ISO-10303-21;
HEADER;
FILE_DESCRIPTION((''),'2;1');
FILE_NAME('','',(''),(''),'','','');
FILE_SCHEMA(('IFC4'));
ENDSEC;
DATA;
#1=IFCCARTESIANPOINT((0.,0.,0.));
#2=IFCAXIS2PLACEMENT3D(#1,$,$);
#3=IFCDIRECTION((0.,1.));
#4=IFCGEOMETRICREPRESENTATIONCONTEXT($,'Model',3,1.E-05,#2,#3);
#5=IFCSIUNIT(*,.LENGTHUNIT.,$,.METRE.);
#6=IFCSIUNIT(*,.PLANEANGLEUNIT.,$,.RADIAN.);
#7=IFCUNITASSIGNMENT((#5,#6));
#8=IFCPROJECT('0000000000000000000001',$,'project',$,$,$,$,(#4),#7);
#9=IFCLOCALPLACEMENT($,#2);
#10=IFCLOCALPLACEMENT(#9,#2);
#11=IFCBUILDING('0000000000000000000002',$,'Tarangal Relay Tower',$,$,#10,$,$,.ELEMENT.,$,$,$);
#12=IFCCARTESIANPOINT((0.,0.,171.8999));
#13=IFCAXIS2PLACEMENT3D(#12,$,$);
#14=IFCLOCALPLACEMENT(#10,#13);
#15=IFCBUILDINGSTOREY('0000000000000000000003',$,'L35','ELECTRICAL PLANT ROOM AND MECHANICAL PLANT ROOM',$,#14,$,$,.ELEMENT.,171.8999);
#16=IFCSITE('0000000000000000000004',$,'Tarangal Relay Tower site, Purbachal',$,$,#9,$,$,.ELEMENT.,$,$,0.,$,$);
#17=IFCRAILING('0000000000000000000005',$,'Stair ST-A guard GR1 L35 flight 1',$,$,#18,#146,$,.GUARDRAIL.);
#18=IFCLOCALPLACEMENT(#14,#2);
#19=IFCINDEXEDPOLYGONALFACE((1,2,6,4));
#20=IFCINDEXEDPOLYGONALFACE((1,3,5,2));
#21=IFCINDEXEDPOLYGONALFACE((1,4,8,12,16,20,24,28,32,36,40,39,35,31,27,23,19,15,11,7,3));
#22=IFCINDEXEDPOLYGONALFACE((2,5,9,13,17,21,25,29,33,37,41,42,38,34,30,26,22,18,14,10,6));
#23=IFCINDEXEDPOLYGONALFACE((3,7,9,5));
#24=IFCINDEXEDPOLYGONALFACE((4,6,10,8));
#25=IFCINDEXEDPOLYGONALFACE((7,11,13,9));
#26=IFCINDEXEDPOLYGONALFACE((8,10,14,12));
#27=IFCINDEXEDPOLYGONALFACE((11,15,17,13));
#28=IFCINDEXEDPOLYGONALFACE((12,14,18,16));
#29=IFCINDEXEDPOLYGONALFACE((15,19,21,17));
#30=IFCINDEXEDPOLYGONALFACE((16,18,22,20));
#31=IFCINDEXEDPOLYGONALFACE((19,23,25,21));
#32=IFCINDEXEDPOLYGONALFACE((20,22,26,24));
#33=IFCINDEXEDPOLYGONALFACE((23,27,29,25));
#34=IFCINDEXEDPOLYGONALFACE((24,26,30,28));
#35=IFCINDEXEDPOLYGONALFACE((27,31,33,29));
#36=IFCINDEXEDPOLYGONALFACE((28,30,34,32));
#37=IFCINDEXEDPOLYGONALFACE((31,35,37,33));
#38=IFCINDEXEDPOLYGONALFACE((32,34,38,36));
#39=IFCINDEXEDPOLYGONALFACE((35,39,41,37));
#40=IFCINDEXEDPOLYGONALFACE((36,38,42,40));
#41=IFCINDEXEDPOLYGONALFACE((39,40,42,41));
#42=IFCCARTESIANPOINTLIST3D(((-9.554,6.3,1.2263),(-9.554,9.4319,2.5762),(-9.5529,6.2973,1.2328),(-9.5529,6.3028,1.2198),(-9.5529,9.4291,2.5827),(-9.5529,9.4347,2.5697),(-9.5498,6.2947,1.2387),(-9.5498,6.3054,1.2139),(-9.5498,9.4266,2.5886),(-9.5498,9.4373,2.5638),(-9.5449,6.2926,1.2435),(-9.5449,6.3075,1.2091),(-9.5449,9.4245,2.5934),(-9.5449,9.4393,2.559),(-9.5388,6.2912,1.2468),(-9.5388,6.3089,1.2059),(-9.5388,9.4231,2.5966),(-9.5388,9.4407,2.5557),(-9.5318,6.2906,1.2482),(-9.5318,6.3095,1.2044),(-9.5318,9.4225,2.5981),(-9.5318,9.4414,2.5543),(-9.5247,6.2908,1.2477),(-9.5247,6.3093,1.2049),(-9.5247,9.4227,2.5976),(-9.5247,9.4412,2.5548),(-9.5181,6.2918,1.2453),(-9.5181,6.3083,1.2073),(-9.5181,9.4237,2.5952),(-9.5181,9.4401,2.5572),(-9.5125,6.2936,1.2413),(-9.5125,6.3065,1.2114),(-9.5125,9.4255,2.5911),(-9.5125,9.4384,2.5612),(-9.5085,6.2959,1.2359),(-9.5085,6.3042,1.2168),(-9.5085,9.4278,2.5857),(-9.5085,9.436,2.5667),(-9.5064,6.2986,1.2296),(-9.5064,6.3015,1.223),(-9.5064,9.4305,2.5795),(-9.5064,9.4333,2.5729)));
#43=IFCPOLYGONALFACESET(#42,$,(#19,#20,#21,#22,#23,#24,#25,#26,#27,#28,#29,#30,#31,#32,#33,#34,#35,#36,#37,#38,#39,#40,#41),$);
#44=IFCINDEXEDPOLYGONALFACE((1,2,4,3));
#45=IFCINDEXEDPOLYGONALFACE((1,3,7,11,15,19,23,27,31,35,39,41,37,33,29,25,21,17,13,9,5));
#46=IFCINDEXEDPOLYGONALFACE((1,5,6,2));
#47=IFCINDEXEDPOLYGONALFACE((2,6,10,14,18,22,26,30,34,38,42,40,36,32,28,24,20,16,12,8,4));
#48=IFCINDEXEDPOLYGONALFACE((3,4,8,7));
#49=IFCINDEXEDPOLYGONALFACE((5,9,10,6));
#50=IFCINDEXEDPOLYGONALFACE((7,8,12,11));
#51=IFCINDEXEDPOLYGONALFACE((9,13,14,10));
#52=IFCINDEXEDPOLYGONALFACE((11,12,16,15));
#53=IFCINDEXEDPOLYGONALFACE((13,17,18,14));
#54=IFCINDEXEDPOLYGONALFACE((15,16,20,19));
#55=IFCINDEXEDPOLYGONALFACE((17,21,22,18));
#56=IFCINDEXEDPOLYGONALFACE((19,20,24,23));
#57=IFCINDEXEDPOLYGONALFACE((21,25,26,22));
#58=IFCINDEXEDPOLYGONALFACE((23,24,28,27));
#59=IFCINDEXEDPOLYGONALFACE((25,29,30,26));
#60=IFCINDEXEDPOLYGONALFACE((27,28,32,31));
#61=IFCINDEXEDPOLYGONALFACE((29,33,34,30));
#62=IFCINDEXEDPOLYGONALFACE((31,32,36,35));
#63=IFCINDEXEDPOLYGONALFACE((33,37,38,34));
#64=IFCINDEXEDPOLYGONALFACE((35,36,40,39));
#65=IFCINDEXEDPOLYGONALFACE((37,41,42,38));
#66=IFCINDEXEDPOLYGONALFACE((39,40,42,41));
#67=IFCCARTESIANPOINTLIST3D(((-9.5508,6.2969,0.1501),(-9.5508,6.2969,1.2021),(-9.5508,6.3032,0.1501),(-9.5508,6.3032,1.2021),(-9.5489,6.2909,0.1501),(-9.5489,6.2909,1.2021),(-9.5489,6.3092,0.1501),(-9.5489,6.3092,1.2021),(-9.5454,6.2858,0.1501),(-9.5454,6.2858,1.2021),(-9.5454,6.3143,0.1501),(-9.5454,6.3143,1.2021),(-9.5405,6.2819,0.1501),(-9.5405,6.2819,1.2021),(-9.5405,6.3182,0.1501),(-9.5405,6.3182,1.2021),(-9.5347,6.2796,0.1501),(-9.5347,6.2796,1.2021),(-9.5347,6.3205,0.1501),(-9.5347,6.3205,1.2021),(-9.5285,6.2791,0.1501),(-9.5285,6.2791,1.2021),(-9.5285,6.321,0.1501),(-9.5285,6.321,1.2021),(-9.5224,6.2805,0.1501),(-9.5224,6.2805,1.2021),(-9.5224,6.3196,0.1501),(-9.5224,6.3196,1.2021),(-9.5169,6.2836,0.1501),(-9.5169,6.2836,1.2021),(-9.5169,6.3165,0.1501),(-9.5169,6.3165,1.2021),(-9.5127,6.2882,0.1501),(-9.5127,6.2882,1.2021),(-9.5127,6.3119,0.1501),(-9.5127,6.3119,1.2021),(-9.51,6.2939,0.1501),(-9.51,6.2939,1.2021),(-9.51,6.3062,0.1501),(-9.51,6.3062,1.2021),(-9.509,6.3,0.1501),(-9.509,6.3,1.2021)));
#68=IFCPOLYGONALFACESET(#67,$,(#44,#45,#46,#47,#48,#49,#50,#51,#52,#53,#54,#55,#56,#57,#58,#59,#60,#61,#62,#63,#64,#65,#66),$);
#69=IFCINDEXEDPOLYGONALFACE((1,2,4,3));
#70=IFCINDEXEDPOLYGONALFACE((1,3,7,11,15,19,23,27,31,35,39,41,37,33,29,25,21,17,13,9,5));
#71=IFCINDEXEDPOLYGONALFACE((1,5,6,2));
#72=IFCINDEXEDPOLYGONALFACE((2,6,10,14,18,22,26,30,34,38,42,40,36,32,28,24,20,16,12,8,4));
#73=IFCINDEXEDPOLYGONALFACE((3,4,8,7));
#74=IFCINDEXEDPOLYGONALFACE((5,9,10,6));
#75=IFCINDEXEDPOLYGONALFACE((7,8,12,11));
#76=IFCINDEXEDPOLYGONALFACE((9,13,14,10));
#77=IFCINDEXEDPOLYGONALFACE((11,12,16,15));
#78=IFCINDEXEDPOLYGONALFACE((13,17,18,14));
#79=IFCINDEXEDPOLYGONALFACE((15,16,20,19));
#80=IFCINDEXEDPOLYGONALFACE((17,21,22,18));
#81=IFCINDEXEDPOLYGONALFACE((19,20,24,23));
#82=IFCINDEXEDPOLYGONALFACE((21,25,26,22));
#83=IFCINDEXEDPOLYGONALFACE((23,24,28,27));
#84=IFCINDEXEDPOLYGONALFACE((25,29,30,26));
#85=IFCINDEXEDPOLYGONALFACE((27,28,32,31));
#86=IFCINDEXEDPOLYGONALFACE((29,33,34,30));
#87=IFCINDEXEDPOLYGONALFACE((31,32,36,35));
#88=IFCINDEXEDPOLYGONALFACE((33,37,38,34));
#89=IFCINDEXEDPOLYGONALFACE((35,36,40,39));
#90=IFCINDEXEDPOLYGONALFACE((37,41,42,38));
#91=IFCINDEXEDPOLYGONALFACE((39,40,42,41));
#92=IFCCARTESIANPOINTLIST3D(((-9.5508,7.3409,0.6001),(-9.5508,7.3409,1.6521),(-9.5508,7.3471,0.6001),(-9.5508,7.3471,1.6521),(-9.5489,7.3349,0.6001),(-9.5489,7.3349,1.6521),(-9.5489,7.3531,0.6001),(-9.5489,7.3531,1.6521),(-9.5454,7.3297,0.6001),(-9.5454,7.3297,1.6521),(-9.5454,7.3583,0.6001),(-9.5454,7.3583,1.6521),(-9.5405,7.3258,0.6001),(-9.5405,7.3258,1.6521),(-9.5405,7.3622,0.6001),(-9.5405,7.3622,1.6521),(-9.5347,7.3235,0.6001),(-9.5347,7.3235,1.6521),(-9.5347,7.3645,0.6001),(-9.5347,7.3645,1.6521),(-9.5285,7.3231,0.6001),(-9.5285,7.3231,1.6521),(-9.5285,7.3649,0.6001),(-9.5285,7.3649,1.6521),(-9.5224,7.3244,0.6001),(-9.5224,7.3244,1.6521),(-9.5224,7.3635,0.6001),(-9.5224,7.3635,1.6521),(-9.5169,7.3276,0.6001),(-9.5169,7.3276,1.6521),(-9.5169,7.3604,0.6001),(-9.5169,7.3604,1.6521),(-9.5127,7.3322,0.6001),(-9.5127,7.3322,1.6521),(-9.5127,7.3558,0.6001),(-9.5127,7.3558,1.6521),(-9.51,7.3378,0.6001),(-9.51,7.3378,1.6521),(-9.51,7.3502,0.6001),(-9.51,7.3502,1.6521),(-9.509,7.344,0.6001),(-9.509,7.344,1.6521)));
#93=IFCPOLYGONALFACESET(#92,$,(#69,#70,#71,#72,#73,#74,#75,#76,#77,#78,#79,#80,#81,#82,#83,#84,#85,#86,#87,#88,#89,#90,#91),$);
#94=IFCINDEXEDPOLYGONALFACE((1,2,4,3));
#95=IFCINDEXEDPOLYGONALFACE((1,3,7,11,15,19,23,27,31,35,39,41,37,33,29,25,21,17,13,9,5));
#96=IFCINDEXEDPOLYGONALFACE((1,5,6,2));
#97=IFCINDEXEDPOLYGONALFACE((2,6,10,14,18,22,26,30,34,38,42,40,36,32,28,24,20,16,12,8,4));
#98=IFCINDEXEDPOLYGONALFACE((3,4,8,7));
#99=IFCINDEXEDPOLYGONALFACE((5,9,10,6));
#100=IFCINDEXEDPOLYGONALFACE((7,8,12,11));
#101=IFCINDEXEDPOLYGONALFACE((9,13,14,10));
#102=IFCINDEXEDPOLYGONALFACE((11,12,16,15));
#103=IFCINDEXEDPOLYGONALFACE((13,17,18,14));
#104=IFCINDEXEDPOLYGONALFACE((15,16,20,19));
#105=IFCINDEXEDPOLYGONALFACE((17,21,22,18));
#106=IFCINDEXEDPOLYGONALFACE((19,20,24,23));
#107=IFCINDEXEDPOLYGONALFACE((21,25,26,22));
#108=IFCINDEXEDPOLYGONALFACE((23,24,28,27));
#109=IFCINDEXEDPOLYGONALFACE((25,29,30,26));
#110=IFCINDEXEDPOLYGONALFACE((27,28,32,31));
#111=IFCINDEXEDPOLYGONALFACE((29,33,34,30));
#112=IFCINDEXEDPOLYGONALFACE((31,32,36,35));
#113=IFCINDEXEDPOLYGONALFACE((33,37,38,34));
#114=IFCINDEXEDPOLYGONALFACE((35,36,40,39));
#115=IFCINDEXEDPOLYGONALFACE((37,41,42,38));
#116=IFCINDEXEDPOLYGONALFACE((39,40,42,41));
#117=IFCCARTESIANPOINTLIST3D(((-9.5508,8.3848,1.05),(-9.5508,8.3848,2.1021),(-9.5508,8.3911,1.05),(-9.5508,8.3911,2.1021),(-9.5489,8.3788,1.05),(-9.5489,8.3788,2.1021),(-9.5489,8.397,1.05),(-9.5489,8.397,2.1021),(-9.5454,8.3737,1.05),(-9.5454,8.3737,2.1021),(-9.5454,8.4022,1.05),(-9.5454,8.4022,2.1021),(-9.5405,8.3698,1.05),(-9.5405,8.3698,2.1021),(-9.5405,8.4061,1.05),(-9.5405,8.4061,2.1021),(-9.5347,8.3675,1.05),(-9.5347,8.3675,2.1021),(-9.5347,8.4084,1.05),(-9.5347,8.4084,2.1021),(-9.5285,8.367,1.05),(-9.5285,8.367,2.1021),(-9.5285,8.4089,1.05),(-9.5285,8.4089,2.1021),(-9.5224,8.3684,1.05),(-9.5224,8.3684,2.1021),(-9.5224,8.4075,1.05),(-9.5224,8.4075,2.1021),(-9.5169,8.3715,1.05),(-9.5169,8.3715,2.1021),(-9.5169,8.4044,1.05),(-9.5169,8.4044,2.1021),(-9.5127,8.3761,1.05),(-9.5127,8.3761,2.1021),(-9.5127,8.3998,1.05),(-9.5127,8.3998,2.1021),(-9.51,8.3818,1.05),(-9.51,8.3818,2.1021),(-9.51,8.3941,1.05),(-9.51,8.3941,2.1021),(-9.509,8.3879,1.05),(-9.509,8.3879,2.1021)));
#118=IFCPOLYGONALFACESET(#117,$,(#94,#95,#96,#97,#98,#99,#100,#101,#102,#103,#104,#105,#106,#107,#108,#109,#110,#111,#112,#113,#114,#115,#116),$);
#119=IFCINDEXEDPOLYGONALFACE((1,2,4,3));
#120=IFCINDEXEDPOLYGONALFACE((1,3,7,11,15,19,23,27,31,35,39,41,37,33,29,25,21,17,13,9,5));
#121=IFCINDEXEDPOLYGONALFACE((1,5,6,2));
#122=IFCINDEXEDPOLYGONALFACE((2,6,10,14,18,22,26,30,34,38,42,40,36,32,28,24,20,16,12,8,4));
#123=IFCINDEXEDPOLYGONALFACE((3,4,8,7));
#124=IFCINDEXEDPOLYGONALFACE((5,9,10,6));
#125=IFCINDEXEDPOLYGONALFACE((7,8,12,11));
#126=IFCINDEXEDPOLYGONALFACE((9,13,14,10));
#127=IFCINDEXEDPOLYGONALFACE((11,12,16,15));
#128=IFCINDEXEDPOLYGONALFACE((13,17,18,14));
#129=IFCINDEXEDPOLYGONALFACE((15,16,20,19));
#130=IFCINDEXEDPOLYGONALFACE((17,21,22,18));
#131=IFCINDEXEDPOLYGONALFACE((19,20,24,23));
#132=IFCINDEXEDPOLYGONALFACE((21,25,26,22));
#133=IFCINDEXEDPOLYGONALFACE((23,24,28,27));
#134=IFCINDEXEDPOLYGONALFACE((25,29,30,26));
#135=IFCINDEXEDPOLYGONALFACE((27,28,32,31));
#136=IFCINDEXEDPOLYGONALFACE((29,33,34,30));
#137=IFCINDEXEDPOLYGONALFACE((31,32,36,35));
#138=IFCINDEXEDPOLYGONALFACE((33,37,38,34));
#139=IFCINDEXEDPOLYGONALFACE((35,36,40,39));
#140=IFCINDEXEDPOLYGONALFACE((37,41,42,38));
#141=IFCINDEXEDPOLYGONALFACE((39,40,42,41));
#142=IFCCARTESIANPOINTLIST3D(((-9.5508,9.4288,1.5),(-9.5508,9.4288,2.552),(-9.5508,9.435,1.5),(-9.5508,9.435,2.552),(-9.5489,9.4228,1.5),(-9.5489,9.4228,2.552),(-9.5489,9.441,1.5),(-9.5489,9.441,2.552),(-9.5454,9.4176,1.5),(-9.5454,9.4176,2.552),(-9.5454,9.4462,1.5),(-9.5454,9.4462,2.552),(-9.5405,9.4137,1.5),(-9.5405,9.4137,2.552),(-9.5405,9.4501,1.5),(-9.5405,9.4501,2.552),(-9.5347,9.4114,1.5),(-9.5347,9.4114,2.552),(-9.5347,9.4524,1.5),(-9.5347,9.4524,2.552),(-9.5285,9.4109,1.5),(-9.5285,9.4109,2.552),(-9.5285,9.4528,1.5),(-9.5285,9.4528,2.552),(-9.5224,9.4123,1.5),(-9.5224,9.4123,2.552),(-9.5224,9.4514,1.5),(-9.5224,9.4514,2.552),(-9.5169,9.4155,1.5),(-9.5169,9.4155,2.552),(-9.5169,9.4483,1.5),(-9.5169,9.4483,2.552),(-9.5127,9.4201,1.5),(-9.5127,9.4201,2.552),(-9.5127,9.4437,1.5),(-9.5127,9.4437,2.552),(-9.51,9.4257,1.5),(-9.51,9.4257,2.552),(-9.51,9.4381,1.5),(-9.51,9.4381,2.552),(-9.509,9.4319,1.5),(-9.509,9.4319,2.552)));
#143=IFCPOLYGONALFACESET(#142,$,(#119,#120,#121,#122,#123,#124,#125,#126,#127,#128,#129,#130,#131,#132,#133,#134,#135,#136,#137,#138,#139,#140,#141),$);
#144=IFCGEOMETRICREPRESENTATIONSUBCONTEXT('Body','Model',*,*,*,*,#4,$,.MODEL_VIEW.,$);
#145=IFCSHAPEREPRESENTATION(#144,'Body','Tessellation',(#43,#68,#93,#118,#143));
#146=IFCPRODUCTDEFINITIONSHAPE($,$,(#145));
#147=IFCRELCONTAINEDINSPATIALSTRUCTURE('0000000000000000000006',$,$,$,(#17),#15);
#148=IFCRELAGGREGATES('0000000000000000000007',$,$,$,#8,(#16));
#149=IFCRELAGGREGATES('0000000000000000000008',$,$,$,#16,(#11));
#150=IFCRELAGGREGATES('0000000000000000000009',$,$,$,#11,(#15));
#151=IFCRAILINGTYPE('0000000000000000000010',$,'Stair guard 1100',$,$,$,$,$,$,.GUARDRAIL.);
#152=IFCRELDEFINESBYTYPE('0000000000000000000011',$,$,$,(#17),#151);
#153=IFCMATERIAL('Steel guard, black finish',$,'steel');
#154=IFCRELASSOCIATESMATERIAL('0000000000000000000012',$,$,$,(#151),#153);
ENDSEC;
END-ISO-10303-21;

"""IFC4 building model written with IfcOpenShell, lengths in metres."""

from ifc_helpers import new_model, si_unit, direction, frame, origin, origin_2d, place, context, subcontext, project, spatial, circle, extrude, material, type_object, element, save


model = new_model("IFC4")

# Units and contexts
model_context = context("Model", 3, precision=1e-05, world=origin(), true_north=direction((0.0, 1.0)))
body_context = subcontext(model_context, "Body", "Model", "MODEL_VIEW")
ifc_project = project(units=[si_unit("LENGTHUNIT", "METRE"), si_unit("PLANEANGLEUNIT", "RADIAN")], contexts=[model_context])

# Site, building, storey
site_placement = place(None, origin())
site = spatial("IfcSite", under=ifc_project, at=site_placement, Name="Tarangal Relay Tower site, Purbachal", CompositionType="ELEMENT", RefElevation=0.0)
building_placement = place(site_placement, origin())
building = spatial("IfcBuilding", under=site, at=building_placement, Name="Tarangal Relay Tower", CompositionType="ELEMENT")
storey_placement = place(building_placement, frame((0.0, 0.0, 171.8999)))
storey = spatial("IfcBuildingStorey", under=building, at=storey_placement, Name="L35", Description="ELECTRICAL PLANT ROOM AND MECHANICAL PLANT ROOM", CompositionType="ELEMENT", Elevation=171.8999)

# Railing
ifc_material_1 = material(Name="Steel guard, black finish", Category="steel")
railing_type_1 = type_object("IfcRailingType", Name="Stair guard 1100", PredefinedType="GUARDRAIL", material=ifc_material_1)
railing_placement = place(storey_placement, frame((-9.53, 6.3, 0.1501)))
element("IfcRailing", 1, at=railing_placement, inside=storey, type_object=railing_type_1, Name="Stair ST-A guard GR1 L35 flight 1", PredefinedType="GUARDRAIL", context=body_context, shape_type="SweptSolid", body=[
    extrude(circle(Radius=0.0239, at=origin_2d()), frame((0.0, 0.0, 1.0762), z_axis=(0.0, 0.918332, 0.395811), x_axis=(-1.0, 0.0, 0.0)), (0.0, 0.0, 1.0), 3.4104),
    extrude(circle(Radius=0.021, at=origin_2d()), origin(), (0.0, 0.0, 1.0), 1.052),
    extrude(circle(Radius=0.021, at=origin_2d()), frame((0.0, 1.0439, 0.45)), (0.0, 0.0, 1.0), 1.052),
    extrude(circle(Radius=0.021, at=origin_2d()), frame((0.0, 2.0879, 0.8999)), (0.0, 0.0, 1.0), 1.052),
    extrude(circle(Radius=0.021, at=origin_2d()), frame((0.0, 3.1318, 1.3499)), (0.0, 0.0, 1.0), 1.052),
])

save(model, "model.ifc")
